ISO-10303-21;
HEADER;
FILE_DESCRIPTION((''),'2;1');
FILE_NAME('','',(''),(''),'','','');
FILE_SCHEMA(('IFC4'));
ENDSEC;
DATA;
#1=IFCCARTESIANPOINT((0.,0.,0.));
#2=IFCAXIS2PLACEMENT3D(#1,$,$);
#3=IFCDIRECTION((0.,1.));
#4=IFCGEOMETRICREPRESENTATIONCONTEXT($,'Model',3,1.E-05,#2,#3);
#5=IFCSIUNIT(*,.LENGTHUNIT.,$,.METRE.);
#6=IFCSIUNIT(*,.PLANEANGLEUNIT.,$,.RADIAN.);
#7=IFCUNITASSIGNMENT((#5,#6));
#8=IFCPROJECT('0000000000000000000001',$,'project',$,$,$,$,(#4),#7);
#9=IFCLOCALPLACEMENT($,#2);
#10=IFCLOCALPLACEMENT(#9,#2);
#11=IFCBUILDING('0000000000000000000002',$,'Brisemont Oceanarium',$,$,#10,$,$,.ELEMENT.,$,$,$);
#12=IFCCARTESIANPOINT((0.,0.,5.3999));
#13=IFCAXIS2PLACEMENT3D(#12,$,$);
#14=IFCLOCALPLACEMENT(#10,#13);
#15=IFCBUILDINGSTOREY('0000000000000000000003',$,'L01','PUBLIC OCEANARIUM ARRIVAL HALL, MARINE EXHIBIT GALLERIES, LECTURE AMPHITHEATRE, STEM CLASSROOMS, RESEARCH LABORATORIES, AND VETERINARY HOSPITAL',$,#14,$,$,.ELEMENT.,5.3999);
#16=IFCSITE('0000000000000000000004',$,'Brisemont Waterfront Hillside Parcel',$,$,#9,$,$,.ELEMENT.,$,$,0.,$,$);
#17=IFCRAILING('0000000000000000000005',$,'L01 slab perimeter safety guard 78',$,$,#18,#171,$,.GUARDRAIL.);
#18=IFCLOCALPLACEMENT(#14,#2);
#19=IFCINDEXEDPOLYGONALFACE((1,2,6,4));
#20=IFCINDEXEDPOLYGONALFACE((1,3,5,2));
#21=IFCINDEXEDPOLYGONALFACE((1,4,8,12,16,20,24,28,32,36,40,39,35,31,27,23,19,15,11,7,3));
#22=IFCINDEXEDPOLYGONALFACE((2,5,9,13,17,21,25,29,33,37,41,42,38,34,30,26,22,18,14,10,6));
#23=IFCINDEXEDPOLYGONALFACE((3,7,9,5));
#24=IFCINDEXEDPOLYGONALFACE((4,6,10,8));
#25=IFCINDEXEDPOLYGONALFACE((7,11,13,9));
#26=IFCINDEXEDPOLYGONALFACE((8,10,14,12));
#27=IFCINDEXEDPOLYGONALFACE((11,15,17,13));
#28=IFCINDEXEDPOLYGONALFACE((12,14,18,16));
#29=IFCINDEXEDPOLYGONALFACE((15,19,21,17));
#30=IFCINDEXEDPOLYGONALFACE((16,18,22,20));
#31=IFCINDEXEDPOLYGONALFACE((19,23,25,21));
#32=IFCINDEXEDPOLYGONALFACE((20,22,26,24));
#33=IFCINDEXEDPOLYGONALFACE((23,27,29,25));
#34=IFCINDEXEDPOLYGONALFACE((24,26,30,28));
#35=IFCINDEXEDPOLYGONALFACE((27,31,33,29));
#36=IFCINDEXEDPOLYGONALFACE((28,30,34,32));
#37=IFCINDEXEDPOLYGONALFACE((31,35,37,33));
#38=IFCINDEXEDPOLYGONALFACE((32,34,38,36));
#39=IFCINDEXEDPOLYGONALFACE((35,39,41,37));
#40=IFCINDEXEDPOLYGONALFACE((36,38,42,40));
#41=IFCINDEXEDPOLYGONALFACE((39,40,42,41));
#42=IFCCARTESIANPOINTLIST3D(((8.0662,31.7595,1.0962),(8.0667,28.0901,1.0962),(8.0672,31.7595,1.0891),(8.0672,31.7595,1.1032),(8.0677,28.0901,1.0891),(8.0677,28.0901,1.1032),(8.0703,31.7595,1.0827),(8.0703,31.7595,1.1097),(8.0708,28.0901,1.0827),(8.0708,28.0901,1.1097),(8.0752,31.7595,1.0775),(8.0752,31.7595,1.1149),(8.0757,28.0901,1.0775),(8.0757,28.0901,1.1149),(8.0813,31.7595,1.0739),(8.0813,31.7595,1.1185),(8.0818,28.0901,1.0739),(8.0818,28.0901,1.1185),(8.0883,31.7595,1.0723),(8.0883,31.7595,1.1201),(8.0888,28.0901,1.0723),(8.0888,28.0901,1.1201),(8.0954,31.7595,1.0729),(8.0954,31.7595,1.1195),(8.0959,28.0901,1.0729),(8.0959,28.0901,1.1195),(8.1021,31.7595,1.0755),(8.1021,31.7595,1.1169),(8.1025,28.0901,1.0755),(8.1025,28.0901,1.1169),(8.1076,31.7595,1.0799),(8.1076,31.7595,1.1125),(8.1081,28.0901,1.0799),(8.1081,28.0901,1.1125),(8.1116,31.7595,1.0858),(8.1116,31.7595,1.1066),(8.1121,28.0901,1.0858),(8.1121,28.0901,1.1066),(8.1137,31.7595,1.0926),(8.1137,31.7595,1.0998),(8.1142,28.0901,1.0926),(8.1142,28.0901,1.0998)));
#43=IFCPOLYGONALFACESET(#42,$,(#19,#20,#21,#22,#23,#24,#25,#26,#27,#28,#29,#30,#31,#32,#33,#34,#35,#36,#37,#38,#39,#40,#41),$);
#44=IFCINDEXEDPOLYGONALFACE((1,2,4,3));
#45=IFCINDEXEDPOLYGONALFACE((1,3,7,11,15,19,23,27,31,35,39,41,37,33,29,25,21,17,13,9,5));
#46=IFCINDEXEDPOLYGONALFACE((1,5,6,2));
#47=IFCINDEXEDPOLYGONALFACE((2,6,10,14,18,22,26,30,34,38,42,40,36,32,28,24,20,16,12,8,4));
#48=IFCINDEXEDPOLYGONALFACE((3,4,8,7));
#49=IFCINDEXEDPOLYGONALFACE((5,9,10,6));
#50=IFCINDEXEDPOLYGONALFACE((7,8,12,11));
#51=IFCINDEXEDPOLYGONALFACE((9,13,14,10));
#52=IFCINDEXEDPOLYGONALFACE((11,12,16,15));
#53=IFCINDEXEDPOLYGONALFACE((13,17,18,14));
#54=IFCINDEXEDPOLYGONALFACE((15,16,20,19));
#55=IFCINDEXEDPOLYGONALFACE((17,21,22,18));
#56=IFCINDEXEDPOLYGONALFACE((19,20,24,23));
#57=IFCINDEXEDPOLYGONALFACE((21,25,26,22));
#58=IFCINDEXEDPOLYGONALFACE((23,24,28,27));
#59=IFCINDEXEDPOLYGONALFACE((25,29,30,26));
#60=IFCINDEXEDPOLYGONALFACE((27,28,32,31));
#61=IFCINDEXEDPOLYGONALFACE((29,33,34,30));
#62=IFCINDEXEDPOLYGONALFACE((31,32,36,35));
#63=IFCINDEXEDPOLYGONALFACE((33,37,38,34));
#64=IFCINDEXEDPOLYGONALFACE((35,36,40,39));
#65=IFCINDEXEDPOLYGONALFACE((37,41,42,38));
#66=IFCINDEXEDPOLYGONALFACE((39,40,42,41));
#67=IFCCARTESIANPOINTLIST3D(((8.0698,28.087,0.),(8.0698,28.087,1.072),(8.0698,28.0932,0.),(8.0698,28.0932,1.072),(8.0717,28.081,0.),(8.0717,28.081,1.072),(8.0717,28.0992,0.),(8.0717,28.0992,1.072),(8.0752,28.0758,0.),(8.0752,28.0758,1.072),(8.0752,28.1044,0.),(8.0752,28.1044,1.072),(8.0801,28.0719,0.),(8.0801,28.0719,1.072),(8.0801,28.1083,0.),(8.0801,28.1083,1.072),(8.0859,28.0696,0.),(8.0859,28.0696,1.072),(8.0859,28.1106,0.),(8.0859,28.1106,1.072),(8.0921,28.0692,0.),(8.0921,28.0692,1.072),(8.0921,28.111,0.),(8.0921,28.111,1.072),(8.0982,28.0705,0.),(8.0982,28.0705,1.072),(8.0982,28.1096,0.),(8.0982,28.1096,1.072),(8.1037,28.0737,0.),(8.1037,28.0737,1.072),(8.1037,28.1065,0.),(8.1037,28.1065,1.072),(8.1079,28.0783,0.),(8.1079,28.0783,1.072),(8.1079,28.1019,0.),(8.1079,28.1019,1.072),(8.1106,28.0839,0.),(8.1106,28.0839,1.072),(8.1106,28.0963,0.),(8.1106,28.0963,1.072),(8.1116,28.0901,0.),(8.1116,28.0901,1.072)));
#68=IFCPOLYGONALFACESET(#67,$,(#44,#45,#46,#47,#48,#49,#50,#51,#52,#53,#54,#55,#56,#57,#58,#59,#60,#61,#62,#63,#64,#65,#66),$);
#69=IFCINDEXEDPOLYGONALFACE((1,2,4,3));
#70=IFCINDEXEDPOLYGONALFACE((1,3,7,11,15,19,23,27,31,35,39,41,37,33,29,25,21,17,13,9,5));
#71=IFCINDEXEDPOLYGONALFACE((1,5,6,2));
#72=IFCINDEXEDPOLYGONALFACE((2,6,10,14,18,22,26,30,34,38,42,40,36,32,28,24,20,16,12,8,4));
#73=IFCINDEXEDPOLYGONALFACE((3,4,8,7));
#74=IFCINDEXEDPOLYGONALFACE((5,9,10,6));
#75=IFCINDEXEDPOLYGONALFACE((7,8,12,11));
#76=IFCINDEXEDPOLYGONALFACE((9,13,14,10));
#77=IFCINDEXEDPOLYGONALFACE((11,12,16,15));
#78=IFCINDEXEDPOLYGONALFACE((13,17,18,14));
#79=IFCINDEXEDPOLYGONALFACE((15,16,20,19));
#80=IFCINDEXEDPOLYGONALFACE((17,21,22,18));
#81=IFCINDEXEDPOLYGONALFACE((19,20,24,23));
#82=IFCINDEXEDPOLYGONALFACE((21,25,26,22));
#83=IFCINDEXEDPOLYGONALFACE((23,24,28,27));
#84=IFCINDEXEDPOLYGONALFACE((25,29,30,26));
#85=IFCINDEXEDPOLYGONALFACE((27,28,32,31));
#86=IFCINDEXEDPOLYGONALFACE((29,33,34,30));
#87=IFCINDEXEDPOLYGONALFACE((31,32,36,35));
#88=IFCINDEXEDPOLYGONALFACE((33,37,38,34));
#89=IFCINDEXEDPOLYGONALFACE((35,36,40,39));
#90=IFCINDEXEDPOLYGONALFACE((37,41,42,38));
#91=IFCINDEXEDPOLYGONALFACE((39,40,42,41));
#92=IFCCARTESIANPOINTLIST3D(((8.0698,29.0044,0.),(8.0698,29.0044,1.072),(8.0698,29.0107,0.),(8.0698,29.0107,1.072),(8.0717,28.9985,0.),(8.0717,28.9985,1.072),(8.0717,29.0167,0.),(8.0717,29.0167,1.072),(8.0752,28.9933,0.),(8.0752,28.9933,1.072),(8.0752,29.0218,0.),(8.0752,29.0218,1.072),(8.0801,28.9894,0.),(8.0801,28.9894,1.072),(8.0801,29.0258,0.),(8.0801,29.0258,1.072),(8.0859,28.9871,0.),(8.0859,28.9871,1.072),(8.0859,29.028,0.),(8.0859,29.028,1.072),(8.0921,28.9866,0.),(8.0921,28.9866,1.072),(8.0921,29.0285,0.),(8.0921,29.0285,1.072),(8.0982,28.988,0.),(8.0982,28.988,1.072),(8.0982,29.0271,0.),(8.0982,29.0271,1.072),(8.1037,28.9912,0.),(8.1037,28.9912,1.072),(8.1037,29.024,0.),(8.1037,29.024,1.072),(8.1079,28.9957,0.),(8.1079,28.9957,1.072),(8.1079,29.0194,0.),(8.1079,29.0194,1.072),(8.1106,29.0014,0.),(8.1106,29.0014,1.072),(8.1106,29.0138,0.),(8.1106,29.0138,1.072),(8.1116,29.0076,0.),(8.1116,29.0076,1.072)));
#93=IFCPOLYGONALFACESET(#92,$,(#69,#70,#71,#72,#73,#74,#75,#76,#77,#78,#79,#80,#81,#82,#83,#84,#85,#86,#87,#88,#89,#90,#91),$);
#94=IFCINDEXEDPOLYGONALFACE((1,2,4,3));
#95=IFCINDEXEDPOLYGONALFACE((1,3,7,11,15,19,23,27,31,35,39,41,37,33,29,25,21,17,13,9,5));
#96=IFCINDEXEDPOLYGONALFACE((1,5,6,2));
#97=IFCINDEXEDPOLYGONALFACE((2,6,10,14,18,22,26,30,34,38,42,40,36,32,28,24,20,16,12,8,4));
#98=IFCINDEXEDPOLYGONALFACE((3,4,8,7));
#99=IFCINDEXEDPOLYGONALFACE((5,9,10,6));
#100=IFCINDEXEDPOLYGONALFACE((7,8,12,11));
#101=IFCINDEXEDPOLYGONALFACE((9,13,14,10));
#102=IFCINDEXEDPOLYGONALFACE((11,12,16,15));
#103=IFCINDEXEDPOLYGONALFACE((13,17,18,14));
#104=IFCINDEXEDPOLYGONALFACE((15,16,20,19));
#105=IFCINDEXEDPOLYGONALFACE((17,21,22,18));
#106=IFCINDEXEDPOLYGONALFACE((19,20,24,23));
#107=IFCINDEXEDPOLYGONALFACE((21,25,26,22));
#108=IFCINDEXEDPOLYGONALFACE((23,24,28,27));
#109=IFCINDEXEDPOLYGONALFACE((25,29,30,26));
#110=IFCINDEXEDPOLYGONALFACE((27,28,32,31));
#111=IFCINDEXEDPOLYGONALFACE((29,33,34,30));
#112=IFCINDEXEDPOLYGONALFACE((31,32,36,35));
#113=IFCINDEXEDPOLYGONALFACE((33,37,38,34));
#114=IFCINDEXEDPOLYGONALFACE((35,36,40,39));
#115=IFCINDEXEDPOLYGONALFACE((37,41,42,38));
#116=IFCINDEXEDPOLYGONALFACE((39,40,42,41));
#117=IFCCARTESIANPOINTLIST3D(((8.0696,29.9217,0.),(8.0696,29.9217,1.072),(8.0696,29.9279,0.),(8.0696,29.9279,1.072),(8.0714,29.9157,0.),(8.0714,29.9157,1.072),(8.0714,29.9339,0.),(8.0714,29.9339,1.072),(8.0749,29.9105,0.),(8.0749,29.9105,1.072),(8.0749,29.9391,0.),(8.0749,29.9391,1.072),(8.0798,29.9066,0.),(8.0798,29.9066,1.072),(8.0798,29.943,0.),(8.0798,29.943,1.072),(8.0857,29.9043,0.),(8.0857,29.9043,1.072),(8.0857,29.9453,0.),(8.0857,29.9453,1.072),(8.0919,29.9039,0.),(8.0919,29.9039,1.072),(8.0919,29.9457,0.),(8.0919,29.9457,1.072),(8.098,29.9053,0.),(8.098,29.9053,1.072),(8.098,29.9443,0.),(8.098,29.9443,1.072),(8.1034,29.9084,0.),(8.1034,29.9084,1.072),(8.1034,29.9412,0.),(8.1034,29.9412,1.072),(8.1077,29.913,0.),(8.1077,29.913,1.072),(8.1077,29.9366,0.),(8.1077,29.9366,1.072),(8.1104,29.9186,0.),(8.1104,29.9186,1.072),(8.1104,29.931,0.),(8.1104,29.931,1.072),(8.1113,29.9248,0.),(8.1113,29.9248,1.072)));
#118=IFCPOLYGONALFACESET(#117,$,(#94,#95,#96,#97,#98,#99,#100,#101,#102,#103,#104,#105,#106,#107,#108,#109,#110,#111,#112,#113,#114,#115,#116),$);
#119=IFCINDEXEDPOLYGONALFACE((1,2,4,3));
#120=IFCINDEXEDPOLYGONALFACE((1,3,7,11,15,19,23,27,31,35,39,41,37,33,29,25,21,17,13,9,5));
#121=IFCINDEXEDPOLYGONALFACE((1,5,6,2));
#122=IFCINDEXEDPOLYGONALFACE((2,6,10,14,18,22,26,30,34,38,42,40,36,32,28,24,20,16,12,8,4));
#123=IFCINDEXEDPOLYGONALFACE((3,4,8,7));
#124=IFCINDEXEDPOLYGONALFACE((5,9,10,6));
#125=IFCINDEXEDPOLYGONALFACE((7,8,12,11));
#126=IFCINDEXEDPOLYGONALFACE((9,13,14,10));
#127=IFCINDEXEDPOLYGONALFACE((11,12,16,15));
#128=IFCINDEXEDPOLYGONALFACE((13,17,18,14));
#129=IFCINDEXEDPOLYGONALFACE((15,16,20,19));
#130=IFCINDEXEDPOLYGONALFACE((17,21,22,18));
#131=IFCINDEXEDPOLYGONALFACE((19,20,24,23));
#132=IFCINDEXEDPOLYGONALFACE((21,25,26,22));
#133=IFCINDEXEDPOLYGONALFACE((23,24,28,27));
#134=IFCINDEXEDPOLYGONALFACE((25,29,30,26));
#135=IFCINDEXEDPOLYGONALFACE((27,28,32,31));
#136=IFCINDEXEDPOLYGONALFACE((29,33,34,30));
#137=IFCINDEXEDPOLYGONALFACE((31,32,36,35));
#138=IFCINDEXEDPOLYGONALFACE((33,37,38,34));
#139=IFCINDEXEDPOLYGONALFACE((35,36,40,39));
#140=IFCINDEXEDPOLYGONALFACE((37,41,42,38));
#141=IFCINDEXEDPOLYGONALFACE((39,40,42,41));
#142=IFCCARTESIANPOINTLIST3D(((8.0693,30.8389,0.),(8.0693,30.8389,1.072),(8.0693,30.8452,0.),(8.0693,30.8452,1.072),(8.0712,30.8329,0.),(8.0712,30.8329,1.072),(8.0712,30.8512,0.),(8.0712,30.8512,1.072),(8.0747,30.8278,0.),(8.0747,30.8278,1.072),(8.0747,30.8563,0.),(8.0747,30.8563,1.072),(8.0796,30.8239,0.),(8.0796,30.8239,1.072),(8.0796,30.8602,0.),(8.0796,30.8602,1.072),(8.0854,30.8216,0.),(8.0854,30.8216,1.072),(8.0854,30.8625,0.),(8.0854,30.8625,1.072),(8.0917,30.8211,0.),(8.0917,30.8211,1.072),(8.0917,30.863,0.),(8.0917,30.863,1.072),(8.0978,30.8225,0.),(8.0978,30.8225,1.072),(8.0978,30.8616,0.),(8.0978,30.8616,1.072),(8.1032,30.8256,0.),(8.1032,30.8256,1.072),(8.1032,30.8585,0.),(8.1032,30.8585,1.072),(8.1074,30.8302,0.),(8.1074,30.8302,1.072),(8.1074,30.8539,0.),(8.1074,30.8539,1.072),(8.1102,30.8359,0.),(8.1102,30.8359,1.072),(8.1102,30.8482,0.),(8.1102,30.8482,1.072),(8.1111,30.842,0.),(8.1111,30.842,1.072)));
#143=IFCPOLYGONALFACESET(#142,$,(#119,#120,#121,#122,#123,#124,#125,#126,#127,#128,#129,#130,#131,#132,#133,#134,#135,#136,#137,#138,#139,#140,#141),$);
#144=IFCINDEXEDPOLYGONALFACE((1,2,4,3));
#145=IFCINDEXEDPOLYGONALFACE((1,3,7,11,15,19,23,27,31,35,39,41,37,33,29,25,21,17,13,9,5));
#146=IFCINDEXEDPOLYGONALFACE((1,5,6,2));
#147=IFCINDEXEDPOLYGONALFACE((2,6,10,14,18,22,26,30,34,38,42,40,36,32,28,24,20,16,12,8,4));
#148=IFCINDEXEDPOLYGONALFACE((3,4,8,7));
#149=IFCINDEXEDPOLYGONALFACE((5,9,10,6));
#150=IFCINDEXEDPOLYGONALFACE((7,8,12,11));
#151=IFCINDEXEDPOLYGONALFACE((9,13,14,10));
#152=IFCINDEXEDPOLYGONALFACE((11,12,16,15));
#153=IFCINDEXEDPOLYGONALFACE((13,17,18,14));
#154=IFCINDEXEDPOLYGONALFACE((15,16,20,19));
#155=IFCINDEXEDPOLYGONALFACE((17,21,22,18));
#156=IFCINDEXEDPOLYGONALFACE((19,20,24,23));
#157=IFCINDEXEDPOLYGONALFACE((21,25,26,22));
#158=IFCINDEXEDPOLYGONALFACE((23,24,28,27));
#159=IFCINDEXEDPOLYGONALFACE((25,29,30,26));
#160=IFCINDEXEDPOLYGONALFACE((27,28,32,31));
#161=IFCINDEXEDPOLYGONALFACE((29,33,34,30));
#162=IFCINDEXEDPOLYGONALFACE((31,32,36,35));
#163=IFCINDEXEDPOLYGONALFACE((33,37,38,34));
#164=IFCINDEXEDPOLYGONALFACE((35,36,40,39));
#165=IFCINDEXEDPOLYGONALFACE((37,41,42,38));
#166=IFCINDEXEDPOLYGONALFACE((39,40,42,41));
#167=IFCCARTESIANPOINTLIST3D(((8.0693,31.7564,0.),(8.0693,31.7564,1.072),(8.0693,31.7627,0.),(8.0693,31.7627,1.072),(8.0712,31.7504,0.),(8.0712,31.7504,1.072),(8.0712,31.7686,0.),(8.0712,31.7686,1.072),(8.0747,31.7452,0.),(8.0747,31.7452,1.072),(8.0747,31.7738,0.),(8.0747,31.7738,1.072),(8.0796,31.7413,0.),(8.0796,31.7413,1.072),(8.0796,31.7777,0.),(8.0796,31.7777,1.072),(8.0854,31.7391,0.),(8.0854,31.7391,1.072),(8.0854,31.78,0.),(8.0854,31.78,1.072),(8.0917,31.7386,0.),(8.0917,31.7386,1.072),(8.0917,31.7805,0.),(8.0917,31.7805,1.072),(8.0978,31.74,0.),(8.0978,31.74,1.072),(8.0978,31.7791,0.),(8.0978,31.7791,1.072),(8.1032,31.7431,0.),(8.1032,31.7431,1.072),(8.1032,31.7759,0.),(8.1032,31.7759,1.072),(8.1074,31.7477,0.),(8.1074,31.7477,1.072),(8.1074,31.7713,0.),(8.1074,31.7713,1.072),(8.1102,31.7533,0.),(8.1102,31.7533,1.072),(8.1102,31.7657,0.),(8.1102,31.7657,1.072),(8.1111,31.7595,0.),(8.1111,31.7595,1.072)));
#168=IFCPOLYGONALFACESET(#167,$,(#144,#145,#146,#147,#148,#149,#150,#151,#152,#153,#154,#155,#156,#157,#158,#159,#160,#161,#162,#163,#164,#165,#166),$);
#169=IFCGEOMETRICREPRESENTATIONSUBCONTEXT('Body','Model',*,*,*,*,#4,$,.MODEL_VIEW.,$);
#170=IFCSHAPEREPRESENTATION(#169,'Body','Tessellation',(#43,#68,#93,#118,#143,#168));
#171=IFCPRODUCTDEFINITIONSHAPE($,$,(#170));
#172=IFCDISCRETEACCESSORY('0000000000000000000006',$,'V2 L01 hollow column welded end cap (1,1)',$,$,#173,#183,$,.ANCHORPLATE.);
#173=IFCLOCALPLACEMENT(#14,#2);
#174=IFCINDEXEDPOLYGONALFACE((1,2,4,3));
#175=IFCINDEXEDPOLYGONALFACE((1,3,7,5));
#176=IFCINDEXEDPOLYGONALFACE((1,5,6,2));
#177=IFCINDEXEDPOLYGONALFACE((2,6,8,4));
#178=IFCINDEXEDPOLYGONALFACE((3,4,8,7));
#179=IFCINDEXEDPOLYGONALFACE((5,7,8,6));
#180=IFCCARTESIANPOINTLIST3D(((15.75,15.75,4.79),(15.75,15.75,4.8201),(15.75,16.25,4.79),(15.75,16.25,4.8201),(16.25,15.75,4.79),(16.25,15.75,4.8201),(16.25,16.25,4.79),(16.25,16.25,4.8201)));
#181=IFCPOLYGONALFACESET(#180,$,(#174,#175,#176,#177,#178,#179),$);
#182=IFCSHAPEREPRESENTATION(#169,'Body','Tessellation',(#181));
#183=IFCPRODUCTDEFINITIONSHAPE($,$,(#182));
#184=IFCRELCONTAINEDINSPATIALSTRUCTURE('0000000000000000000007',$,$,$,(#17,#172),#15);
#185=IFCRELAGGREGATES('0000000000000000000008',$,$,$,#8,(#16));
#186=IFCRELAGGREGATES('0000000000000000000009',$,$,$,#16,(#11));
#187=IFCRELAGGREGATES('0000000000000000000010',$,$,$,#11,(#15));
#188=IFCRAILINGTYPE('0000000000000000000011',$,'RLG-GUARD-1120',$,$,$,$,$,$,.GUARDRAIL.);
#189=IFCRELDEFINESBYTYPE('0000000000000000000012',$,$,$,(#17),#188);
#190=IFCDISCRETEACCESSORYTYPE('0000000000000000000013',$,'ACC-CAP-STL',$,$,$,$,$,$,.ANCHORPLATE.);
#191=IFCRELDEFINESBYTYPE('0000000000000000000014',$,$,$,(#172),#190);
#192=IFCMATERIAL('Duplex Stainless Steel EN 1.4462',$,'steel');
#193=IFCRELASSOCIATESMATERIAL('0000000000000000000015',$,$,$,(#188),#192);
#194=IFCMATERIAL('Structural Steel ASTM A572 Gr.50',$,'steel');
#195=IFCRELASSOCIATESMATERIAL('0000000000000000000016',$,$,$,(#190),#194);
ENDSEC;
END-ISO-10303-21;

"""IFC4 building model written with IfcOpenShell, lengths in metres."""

from ifc_helpers import new_model, si_unit, direction, frame, origin, origin_2d, place, context, subcontext, project, spatial, rectangle, circle, extrude, material, type_object, element, save


model = new_model("IFC4")

# Units and contexts
model_context = context("Model", 3, precision=1e-05, world=origin(), true_north=direction((0.0, 1.0)))
body_context = subcontext(model_context, "Body", "Model", "MODEL_VIEW")
ifc_project = project(units=[si_unit("LENGTHUNIT", "METRE"), si_unit("PLANEANGLEUNIT", "RADIAN")], contexts=[model_context])

# Site, building, storey
site_placement = place(None, origin())
site = spatial("IfcSite", under=ifc_project, at=site_placement, Name="Brisemont Waterfront Hillside Parcel", CompositionType="ELEMENT", RefElevation=0.0)
building_placement = place(site_placement, origin())
building = spatial("IfcBuilding", under=site, at=building_placement, Name="Brisemont Oceanarium", CompositionType="ELEMENT")
storey_placement = place(building_placement, frame((0.0, 0.0, 5.3999)))
storey = spatial("IfcBuildingStorey", under=building, at=storey_placement, Name="L01", Description="PUBLIC OCEANARIUM ARRIVAL HALL, MARINE EXHIBIT GALLERIES, LECTURE AMPHITHEATRE, STEM CLASSROOMS, RESEARCH LABORATORIES, AND VETERINARY HOSPITAL", CompositionType="ELEMENT", Elevation=5.3999)

# Railing
ifc_material_1 = material(Name="Duplex Stainless Steel EN 1.4462", Category="steel")
railing_type_1 = type_object("IfcRailingType", Name="RLG-GUARD-1120", PredefinedType="GUARDRAIL", material=ifc_material_1)
railing_1_placement = place(storey_placement, frame((8.0906, 28.0901, 0.0)))
element("IfcRailing", 1, at=railing_1_placement, inside=storey, type_object=railing_type_1, Name="L01 slab perimeter safety guard 78", PredefinedType="GUARDRAIL", context=body_context, shape_type="SweptSolid", body=[
    extrude(circle(Radius=0.0239, at=origin_2d()), frame((0.0, 0.0, 1.0962), z_axis=(-0.000133, 1.0, 0.0), x_axis=(-1.0, -0.000133, 0.0)), (0.0, 0.0, 1.0), 3.6694),
    extrude(circle(Radius=0.021, at=origin_2d()), origin(), (0.0, 0.0, 1.0), 1.072),
    extrude(circle(Radius=0.021, at=origin_2d()), frame((0.0, 0.9175, 0.0)), (0.0, 0.0, 1.0), 1.072),
    extrude(circle(Radius=0.021, at=origin_2d()), frame((-0.0002, 1.8347, 0.0)), (0.0, 0.0, 1.0), 1.072),
    extrude(circle(Radius=0.021, at=origin_2d()), frame((-0.0005, 2.752, 0.0)), (0.0, 0.0, 1.0), 1.072),
    extrude(circle(Radius=0.021, at=origin_2d()), frame((-0.0005, 3.6694, 0.0)), (0.0, 0.0, 1.0), 1.072),
])

# Discrete accessory
ifc_material_2 = material(Name="Structural Steel ASTM A572 Gr.50", Category="steel")
discrete_accessory_type = type_object("IfcDiscreteAccessoryType", Name="ACC-CAP-STL", PredefinedType="ANCHORPLATE", material=ifc_material_2)
discrete_accessory_placement = place(storey_placement, frame((16.0, 16.0, 4.79), z_axis=(0.0, 0.0, 1.0), x_axis=(1.0, 0.0, 0.0)))
element("IfcDiscreteAccessory", 2, at=discrete_accessory_placement, inside=storey, type_object=discrete_accessory_type, Name="V2 L01 hollow column welded end cap (1,1)", PredefinedType="ANCHORPLATE", context=body_context, shape_type="SweptSolid", body=[
    extrude(rectangle(XDim=0.5, YDim=0.5, at=origin_2d()), origin(), (0.0, 0.0, 1.0), 0.03),
])

save(model, "model.ifc")
